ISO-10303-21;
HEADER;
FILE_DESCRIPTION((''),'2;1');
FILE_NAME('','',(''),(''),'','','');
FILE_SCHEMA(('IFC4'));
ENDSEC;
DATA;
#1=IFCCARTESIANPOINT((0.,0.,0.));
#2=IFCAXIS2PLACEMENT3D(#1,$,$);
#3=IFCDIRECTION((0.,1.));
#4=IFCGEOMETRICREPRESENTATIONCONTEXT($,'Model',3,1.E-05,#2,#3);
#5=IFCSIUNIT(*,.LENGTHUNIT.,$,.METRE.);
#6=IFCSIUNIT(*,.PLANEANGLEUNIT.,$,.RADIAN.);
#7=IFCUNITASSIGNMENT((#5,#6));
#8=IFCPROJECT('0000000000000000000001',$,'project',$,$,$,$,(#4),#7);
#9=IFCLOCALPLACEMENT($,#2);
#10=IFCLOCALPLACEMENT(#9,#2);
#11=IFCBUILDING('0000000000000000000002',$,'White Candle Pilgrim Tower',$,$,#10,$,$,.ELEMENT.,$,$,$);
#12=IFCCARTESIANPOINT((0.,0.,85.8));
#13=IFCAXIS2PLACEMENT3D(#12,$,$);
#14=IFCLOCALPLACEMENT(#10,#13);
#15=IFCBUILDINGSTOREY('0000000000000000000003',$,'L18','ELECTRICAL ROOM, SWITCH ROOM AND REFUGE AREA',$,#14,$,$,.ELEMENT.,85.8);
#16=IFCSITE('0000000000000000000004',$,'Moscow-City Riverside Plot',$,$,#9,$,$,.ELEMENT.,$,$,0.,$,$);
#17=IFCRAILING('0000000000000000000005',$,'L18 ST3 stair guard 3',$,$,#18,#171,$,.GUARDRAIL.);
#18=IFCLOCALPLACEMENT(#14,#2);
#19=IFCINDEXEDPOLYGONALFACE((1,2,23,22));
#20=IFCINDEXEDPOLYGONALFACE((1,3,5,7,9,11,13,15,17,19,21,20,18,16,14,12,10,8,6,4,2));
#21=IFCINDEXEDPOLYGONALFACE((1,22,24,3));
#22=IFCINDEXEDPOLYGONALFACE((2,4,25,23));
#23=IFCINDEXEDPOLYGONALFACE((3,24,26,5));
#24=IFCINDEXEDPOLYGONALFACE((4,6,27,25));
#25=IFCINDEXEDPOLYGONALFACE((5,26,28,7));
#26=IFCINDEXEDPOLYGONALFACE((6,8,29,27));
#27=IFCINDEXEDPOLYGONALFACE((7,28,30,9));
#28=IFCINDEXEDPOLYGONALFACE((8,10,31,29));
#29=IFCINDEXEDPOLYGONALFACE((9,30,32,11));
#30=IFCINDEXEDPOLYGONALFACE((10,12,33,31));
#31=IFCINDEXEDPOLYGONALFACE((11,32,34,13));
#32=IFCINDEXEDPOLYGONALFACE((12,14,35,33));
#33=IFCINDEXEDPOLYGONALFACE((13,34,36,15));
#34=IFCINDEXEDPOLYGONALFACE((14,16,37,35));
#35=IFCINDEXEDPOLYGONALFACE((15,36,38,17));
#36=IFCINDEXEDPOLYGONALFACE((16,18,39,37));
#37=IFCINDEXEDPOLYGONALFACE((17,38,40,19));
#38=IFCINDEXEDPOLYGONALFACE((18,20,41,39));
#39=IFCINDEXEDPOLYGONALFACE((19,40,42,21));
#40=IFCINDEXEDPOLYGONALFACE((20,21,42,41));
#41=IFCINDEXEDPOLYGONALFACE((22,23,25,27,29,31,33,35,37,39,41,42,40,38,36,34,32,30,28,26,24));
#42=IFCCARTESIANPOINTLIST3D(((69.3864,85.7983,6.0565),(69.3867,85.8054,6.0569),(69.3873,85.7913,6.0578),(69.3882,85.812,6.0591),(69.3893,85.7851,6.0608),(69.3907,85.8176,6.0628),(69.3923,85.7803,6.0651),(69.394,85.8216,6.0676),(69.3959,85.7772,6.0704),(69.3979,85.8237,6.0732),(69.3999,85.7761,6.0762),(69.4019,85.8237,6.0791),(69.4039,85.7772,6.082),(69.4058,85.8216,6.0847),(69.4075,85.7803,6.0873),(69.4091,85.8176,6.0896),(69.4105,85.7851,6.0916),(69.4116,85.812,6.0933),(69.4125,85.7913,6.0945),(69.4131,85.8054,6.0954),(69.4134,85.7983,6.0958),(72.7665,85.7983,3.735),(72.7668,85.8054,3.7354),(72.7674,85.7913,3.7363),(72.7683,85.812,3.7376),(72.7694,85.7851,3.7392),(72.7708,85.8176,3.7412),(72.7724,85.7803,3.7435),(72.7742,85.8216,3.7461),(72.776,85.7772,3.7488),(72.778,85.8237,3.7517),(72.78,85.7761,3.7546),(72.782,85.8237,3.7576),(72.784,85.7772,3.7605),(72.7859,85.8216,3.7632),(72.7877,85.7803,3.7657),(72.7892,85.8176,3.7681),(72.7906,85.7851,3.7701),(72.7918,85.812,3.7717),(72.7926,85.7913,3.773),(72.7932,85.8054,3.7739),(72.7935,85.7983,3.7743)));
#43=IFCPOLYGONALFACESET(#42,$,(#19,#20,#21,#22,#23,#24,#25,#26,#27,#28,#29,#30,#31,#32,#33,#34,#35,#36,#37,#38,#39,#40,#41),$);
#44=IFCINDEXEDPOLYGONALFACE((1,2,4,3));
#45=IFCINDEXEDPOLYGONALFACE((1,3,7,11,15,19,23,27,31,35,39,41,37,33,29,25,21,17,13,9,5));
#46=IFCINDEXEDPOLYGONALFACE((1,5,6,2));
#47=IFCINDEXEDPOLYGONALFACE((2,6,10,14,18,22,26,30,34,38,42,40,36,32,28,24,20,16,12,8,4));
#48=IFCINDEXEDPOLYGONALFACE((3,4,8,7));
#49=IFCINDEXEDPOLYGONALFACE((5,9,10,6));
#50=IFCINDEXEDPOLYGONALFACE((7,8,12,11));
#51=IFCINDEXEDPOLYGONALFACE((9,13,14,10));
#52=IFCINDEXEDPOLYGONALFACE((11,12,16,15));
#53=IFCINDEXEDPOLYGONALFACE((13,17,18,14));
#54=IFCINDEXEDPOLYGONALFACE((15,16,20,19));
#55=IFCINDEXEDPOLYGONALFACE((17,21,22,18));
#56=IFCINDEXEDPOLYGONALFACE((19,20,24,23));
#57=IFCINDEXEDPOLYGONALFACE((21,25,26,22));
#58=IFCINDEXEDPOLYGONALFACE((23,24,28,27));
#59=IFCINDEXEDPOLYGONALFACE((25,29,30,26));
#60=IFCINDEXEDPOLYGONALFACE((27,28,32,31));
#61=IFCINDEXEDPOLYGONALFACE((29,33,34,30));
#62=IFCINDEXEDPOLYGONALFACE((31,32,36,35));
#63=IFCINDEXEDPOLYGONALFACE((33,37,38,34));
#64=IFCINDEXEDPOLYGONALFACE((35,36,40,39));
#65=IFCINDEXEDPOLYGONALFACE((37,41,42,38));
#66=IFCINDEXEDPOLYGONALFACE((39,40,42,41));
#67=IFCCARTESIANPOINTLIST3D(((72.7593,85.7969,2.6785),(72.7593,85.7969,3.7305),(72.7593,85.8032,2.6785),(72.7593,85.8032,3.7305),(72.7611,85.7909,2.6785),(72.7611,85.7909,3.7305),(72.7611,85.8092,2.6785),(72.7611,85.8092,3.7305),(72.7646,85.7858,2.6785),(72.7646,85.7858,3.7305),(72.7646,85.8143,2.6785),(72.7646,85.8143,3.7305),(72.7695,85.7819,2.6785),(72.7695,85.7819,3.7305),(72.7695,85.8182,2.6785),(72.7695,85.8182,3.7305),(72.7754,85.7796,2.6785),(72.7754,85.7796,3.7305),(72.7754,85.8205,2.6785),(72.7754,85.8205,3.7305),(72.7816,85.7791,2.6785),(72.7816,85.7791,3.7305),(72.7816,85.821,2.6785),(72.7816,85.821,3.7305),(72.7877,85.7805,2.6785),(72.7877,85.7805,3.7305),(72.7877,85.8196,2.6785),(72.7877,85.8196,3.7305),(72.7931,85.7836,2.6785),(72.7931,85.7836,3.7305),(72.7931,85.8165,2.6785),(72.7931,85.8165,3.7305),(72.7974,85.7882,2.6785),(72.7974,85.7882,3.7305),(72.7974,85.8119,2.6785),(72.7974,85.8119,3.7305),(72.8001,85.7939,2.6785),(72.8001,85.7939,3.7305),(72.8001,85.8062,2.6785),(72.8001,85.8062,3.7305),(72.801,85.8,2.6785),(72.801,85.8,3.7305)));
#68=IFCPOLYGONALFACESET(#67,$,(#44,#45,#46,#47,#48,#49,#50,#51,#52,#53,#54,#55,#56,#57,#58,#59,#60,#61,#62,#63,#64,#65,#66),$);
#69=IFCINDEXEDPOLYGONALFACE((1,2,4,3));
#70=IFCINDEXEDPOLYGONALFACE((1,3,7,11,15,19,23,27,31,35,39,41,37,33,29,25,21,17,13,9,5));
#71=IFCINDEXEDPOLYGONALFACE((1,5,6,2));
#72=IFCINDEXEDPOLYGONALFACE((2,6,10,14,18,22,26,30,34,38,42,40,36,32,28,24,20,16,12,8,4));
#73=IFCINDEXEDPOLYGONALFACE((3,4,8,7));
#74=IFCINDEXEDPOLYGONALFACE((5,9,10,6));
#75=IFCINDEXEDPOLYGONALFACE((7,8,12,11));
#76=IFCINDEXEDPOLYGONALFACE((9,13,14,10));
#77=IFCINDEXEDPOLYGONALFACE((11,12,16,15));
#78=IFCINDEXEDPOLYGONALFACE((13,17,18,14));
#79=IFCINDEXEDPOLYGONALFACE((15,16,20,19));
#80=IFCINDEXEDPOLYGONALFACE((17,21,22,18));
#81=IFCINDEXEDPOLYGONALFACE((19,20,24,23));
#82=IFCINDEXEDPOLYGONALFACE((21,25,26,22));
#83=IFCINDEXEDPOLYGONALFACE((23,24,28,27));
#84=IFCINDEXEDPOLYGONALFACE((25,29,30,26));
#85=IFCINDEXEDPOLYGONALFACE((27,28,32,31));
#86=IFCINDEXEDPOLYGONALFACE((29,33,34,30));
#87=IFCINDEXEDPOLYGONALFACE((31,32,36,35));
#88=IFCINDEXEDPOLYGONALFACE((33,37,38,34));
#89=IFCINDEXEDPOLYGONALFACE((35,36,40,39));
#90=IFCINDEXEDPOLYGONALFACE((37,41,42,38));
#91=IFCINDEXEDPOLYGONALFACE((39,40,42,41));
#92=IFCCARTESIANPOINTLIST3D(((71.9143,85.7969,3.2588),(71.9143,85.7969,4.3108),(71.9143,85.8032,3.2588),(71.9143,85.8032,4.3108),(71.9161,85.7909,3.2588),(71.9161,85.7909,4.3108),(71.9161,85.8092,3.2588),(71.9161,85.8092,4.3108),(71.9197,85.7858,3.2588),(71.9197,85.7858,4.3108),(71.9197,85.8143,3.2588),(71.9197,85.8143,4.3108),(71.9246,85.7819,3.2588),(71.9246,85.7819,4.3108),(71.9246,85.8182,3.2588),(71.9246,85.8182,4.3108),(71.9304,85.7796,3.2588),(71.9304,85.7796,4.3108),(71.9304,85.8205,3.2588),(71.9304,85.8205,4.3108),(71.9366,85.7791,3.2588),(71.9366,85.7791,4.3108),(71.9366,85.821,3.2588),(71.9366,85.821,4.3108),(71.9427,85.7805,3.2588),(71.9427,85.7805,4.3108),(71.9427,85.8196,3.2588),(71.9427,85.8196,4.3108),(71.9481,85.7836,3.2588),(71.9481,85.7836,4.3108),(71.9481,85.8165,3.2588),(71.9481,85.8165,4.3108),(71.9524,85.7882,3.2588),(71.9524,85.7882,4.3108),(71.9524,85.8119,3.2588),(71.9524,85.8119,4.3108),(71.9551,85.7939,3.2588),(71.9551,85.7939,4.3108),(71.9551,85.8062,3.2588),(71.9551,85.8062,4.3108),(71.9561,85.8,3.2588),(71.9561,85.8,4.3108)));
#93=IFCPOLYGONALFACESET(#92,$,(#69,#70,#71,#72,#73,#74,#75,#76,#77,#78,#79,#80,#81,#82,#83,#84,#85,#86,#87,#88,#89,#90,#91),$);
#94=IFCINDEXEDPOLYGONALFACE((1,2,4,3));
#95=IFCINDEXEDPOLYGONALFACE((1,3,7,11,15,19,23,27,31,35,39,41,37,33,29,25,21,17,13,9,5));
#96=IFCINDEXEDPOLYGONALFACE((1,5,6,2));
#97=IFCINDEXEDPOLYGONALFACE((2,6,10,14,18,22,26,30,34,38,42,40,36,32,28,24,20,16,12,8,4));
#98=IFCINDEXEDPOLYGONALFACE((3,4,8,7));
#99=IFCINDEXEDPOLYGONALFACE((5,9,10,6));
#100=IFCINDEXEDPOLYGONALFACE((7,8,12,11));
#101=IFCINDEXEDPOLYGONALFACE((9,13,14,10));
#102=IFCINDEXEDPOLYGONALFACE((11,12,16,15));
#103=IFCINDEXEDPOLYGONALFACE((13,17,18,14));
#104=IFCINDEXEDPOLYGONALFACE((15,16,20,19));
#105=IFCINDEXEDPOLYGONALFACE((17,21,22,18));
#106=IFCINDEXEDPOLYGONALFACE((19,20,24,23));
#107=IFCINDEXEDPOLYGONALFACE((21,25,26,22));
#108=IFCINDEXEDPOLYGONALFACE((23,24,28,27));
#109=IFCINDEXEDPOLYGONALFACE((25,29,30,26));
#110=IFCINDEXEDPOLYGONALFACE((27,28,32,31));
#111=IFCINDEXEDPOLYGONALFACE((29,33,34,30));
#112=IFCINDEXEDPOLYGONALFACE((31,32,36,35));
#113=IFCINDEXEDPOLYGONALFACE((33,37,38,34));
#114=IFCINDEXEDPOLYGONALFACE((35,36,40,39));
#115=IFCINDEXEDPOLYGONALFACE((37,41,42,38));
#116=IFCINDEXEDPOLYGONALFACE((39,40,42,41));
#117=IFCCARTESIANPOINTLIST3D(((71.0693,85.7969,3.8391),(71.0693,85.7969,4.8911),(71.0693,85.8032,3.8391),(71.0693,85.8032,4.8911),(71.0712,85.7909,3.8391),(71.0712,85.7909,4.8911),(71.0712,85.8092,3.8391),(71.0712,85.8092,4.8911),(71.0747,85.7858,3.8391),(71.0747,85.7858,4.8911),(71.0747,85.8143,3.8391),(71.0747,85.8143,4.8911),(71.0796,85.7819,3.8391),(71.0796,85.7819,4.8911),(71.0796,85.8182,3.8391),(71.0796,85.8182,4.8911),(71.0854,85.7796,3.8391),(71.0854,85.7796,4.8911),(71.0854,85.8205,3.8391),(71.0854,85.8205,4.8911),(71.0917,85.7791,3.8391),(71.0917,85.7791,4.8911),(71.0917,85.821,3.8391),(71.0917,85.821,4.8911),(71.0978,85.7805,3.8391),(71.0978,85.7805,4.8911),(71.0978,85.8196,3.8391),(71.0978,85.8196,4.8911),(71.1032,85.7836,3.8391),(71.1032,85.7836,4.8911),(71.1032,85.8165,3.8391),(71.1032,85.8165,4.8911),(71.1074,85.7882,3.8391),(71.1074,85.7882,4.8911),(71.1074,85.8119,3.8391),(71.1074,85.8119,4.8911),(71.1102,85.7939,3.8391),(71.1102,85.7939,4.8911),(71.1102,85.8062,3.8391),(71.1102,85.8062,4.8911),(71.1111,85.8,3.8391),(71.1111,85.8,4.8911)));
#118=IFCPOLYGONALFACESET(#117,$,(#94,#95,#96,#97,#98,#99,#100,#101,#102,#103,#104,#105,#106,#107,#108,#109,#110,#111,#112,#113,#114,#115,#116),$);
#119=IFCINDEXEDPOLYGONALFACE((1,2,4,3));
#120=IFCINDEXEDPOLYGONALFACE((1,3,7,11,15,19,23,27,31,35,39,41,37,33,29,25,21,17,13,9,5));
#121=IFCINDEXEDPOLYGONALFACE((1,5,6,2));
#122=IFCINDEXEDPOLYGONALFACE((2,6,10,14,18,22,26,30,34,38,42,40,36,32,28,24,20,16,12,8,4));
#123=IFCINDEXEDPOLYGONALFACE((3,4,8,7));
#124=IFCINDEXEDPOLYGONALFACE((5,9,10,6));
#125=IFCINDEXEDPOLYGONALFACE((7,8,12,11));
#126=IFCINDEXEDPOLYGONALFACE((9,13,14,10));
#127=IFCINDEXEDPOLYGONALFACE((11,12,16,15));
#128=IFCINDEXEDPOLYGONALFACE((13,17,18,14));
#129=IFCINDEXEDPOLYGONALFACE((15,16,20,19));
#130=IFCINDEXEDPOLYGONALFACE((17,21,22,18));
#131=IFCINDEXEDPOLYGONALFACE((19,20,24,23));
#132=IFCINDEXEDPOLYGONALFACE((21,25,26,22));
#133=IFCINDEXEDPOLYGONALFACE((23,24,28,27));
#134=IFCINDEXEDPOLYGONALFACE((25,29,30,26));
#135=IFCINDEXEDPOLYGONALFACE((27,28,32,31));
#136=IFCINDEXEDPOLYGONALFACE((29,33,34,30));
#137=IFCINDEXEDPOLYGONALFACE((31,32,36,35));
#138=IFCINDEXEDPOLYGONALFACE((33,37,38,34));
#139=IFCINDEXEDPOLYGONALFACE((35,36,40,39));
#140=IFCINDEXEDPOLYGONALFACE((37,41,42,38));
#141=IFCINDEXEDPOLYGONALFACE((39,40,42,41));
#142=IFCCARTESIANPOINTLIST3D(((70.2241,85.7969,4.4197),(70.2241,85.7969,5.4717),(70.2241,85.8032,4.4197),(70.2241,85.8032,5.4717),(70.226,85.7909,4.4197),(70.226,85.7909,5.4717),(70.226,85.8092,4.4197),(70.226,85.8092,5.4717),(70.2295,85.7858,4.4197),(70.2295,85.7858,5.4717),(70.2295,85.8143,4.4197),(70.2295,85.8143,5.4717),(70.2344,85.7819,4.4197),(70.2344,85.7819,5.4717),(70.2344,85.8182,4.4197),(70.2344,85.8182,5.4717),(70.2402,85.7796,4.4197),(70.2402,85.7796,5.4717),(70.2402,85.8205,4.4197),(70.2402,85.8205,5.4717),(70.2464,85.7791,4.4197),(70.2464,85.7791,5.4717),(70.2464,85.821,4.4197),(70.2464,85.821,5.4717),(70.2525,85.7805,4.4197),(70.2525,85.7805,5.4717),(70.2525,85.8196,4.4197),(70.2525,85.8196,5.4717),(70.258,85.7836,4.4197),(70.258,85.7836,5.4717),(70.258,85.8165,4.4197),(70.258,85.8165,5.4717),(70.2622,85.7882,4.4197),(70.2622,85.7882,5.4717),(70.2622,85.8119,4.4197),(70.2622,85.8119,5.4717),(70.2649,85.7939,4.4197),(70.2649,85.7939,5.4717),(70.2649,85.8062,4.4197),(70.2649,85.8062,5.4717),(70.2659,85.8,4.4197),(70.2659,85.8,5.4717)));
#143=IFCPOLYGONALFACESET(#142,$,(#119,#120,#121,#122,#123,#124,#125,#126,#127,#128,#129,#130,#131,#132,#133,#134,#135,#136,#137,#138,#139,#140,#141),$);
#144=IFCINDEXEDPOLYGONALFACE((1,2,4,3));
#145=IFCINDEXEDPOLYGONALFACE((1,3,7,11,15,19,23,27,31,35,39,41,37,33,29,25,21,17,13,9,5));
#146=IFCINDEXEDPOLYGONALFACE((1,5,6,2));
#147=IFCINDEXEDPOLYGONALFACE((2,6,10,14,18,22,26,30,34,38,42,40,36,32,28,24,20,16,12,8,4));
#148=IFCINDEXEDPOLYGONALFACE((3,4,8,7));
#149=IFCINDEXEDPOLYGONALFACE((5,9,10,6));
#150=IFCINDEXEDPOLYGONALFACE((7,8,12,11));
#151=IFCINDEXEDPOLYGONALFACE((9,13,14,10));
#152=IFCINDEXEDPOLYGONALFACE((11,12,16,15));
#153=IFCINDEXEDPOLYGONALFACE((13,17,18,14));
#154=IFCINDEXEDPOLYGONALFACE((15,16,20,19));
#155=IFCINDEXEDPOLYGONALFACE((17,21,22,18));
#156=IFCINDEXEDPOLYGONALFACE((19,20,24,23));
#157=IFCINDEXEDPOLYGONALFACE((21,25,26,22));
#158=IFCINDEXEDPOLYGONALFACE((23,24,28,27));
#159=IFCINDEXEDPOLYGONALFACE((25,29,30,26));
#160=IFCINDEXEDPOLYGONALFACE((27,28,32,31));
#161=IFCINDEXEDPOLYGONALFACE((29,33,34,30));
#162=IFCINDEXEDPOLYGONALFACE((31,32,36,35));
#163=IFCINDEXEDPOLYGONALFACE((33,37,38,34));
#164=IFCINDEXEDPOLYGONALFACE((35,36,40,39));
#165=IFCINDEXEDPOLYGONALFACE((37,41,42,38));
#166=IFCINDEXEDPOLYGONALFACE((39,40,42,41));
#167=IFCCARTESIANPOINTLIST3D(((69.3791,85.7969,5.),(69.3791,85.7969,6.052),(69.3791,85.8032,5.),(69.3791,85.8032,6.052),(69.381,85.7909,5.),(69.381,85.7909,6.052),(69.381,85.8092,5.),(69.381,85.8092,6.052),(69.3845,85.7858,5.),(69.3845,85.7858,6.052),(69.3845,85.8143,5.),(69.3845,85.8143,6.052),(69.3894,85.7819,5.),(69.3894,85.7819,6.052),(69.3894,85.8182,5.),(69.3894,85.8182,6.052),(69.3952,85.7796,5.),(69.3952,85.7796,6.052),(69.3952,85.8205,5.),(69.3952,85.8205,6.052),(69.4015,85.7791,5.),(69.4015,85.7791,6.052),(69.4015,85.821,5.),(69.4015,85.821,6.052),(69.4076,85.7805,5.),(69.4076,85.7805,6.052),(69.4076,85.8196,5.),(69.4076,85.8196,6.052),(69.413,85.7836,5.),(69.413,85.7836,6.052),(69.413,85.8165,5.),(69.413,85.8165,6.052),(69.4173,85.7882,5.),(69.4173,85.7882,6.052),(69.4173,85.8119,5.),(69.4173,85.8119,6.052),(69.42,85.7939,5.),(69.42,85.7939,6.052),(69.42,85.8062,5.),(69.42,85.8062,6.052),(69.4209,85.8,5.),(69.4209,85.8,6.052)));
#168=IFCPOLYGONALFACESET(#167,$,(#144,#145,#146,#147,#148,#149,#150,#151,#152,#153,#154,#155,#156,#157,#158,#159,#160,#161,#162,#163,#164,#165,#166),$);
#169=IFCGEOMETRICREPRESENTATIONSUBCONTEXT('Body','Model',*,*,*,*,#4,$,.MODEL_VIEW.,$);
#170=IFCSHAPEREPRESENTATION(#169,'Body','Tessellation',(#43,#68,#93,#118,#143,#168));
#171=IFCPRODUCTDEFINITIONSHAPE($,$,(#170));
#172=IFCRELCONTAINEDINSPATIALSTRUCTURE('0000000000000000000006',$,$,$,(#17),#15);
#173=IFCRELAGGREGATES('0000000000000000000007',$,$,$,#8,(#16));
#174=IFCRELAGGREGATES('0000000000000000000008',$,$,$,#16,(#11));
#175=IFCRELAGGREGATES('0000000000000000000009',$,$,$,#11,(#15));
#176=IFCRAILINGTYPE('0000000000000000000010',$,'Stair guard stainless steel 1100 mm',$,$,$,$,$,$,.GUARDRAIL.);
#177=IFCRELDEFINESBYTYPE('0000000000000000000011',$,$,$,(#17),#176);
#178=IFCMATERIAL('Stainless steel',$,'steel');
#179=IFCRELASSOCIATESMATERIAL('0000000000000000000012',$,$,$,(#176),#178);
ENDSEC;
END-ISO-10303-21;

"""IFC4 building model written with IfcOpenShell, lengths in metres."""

from ifc_helpers import new_model, si_unit, direction, frame, origin, origin_2d, place, context, subcontext, project, spatial, circle, extrude, material, type_object, element, save


model = new_model("IFC4")

# Units and contexts
model_context = context("Model", 3, precision=1e-05, world=origin(), true_north=direction((0.0, 1.0)))
body_context = subcontext(model_context, "Body", "Model", "MODEL_VIEW")
ifc_project = project(units=[si_unit("LENGTHUNIT", "METRE"), si_unit("PLANEANGLEUNIT", "RADIAN")], contexts=[model_context])

# Site, building, storey
site_placement = place(None, origin())
site = spatial("IfcSite", under=ifc_project, at=site_placement, Name="Moscow-City Riverside Plot", CompositionType="ELEMENT", RefElevation=0.0)
building_placement = place(site_placement, origin())
building = spatial("IfcBuilding", under=site, at=building_placement, Name="White Candle Pilgrim Tower", CompositionType="ELEMENT")
storey_placement = place(building_placement, frame((0.0, 0.0, 85.8)))
storey = spatial("IfcBuildingStorey", under=building, at=storey_placement, Name="L18", Description="ELECTRICAL ROOM, SWITCH ROOM AND REFUGE AREA", CompositionType="ELEMENT", Elevation=85.8)

# Railing
ifc_material_1 = material(Name="Stainless steel", Category="steel")
railing_type_1 = type_object("IfcRailingType", Name="Stair guard stainless steel 1100 mm", PredefinedType="GUARDRAIL", material=ifc_material_1)
railing_1_placement = place(storey_placement, frame((72.78, 85.8, 2.6785)))
element("IfcRailing", 1, at=railing_1_placement, inside=storey, type_object=railing_type_1, Name="L18 ST3 stair guard 3", PredefinedType="GUARDRAIL", context=body_context, shape_type="SweptSolid", body=[
    extrude(circle(Radius=0.0239, at=origin_2d()), frame((0.0, 0.0, 1.0762), z_axis=(-0.824304, 0.0, 0.566147), x_axis=(0.0, -1.0, 0.0)), (0.0, 0.0, 1.0), 4.1006),
    extrude(circle(Radius=0.021, at=origin_2d()), origin(), (0.0, 0.0, 1.0), 1.052),
    extrude(circle(Radius=0.021, at=origin_2d()), frame((-0.845, 0.0, 0.5803)), (0.0, 0.0, 1.0), 1.052),
    extrude(circle(Radius=0.021, at=origin_2d()), frame((-1.6899, 0.0, 1.1606)), (0.0, 0.0, 1.0), 1.052),
    extrude(circle(Radius=0.021, at=origin_2d()), frame((-2.5352, 0.0, 1.7412)), (0.0, 0.0, 1.0), 1.052),
    extrude(circle(Radius=0.021, at=origin_2d()), frame((-3.3801, 0.0, 2.3215)), (0.0, 0.0, 1.0), 1.052),
])

save(model, "model.ifc")
